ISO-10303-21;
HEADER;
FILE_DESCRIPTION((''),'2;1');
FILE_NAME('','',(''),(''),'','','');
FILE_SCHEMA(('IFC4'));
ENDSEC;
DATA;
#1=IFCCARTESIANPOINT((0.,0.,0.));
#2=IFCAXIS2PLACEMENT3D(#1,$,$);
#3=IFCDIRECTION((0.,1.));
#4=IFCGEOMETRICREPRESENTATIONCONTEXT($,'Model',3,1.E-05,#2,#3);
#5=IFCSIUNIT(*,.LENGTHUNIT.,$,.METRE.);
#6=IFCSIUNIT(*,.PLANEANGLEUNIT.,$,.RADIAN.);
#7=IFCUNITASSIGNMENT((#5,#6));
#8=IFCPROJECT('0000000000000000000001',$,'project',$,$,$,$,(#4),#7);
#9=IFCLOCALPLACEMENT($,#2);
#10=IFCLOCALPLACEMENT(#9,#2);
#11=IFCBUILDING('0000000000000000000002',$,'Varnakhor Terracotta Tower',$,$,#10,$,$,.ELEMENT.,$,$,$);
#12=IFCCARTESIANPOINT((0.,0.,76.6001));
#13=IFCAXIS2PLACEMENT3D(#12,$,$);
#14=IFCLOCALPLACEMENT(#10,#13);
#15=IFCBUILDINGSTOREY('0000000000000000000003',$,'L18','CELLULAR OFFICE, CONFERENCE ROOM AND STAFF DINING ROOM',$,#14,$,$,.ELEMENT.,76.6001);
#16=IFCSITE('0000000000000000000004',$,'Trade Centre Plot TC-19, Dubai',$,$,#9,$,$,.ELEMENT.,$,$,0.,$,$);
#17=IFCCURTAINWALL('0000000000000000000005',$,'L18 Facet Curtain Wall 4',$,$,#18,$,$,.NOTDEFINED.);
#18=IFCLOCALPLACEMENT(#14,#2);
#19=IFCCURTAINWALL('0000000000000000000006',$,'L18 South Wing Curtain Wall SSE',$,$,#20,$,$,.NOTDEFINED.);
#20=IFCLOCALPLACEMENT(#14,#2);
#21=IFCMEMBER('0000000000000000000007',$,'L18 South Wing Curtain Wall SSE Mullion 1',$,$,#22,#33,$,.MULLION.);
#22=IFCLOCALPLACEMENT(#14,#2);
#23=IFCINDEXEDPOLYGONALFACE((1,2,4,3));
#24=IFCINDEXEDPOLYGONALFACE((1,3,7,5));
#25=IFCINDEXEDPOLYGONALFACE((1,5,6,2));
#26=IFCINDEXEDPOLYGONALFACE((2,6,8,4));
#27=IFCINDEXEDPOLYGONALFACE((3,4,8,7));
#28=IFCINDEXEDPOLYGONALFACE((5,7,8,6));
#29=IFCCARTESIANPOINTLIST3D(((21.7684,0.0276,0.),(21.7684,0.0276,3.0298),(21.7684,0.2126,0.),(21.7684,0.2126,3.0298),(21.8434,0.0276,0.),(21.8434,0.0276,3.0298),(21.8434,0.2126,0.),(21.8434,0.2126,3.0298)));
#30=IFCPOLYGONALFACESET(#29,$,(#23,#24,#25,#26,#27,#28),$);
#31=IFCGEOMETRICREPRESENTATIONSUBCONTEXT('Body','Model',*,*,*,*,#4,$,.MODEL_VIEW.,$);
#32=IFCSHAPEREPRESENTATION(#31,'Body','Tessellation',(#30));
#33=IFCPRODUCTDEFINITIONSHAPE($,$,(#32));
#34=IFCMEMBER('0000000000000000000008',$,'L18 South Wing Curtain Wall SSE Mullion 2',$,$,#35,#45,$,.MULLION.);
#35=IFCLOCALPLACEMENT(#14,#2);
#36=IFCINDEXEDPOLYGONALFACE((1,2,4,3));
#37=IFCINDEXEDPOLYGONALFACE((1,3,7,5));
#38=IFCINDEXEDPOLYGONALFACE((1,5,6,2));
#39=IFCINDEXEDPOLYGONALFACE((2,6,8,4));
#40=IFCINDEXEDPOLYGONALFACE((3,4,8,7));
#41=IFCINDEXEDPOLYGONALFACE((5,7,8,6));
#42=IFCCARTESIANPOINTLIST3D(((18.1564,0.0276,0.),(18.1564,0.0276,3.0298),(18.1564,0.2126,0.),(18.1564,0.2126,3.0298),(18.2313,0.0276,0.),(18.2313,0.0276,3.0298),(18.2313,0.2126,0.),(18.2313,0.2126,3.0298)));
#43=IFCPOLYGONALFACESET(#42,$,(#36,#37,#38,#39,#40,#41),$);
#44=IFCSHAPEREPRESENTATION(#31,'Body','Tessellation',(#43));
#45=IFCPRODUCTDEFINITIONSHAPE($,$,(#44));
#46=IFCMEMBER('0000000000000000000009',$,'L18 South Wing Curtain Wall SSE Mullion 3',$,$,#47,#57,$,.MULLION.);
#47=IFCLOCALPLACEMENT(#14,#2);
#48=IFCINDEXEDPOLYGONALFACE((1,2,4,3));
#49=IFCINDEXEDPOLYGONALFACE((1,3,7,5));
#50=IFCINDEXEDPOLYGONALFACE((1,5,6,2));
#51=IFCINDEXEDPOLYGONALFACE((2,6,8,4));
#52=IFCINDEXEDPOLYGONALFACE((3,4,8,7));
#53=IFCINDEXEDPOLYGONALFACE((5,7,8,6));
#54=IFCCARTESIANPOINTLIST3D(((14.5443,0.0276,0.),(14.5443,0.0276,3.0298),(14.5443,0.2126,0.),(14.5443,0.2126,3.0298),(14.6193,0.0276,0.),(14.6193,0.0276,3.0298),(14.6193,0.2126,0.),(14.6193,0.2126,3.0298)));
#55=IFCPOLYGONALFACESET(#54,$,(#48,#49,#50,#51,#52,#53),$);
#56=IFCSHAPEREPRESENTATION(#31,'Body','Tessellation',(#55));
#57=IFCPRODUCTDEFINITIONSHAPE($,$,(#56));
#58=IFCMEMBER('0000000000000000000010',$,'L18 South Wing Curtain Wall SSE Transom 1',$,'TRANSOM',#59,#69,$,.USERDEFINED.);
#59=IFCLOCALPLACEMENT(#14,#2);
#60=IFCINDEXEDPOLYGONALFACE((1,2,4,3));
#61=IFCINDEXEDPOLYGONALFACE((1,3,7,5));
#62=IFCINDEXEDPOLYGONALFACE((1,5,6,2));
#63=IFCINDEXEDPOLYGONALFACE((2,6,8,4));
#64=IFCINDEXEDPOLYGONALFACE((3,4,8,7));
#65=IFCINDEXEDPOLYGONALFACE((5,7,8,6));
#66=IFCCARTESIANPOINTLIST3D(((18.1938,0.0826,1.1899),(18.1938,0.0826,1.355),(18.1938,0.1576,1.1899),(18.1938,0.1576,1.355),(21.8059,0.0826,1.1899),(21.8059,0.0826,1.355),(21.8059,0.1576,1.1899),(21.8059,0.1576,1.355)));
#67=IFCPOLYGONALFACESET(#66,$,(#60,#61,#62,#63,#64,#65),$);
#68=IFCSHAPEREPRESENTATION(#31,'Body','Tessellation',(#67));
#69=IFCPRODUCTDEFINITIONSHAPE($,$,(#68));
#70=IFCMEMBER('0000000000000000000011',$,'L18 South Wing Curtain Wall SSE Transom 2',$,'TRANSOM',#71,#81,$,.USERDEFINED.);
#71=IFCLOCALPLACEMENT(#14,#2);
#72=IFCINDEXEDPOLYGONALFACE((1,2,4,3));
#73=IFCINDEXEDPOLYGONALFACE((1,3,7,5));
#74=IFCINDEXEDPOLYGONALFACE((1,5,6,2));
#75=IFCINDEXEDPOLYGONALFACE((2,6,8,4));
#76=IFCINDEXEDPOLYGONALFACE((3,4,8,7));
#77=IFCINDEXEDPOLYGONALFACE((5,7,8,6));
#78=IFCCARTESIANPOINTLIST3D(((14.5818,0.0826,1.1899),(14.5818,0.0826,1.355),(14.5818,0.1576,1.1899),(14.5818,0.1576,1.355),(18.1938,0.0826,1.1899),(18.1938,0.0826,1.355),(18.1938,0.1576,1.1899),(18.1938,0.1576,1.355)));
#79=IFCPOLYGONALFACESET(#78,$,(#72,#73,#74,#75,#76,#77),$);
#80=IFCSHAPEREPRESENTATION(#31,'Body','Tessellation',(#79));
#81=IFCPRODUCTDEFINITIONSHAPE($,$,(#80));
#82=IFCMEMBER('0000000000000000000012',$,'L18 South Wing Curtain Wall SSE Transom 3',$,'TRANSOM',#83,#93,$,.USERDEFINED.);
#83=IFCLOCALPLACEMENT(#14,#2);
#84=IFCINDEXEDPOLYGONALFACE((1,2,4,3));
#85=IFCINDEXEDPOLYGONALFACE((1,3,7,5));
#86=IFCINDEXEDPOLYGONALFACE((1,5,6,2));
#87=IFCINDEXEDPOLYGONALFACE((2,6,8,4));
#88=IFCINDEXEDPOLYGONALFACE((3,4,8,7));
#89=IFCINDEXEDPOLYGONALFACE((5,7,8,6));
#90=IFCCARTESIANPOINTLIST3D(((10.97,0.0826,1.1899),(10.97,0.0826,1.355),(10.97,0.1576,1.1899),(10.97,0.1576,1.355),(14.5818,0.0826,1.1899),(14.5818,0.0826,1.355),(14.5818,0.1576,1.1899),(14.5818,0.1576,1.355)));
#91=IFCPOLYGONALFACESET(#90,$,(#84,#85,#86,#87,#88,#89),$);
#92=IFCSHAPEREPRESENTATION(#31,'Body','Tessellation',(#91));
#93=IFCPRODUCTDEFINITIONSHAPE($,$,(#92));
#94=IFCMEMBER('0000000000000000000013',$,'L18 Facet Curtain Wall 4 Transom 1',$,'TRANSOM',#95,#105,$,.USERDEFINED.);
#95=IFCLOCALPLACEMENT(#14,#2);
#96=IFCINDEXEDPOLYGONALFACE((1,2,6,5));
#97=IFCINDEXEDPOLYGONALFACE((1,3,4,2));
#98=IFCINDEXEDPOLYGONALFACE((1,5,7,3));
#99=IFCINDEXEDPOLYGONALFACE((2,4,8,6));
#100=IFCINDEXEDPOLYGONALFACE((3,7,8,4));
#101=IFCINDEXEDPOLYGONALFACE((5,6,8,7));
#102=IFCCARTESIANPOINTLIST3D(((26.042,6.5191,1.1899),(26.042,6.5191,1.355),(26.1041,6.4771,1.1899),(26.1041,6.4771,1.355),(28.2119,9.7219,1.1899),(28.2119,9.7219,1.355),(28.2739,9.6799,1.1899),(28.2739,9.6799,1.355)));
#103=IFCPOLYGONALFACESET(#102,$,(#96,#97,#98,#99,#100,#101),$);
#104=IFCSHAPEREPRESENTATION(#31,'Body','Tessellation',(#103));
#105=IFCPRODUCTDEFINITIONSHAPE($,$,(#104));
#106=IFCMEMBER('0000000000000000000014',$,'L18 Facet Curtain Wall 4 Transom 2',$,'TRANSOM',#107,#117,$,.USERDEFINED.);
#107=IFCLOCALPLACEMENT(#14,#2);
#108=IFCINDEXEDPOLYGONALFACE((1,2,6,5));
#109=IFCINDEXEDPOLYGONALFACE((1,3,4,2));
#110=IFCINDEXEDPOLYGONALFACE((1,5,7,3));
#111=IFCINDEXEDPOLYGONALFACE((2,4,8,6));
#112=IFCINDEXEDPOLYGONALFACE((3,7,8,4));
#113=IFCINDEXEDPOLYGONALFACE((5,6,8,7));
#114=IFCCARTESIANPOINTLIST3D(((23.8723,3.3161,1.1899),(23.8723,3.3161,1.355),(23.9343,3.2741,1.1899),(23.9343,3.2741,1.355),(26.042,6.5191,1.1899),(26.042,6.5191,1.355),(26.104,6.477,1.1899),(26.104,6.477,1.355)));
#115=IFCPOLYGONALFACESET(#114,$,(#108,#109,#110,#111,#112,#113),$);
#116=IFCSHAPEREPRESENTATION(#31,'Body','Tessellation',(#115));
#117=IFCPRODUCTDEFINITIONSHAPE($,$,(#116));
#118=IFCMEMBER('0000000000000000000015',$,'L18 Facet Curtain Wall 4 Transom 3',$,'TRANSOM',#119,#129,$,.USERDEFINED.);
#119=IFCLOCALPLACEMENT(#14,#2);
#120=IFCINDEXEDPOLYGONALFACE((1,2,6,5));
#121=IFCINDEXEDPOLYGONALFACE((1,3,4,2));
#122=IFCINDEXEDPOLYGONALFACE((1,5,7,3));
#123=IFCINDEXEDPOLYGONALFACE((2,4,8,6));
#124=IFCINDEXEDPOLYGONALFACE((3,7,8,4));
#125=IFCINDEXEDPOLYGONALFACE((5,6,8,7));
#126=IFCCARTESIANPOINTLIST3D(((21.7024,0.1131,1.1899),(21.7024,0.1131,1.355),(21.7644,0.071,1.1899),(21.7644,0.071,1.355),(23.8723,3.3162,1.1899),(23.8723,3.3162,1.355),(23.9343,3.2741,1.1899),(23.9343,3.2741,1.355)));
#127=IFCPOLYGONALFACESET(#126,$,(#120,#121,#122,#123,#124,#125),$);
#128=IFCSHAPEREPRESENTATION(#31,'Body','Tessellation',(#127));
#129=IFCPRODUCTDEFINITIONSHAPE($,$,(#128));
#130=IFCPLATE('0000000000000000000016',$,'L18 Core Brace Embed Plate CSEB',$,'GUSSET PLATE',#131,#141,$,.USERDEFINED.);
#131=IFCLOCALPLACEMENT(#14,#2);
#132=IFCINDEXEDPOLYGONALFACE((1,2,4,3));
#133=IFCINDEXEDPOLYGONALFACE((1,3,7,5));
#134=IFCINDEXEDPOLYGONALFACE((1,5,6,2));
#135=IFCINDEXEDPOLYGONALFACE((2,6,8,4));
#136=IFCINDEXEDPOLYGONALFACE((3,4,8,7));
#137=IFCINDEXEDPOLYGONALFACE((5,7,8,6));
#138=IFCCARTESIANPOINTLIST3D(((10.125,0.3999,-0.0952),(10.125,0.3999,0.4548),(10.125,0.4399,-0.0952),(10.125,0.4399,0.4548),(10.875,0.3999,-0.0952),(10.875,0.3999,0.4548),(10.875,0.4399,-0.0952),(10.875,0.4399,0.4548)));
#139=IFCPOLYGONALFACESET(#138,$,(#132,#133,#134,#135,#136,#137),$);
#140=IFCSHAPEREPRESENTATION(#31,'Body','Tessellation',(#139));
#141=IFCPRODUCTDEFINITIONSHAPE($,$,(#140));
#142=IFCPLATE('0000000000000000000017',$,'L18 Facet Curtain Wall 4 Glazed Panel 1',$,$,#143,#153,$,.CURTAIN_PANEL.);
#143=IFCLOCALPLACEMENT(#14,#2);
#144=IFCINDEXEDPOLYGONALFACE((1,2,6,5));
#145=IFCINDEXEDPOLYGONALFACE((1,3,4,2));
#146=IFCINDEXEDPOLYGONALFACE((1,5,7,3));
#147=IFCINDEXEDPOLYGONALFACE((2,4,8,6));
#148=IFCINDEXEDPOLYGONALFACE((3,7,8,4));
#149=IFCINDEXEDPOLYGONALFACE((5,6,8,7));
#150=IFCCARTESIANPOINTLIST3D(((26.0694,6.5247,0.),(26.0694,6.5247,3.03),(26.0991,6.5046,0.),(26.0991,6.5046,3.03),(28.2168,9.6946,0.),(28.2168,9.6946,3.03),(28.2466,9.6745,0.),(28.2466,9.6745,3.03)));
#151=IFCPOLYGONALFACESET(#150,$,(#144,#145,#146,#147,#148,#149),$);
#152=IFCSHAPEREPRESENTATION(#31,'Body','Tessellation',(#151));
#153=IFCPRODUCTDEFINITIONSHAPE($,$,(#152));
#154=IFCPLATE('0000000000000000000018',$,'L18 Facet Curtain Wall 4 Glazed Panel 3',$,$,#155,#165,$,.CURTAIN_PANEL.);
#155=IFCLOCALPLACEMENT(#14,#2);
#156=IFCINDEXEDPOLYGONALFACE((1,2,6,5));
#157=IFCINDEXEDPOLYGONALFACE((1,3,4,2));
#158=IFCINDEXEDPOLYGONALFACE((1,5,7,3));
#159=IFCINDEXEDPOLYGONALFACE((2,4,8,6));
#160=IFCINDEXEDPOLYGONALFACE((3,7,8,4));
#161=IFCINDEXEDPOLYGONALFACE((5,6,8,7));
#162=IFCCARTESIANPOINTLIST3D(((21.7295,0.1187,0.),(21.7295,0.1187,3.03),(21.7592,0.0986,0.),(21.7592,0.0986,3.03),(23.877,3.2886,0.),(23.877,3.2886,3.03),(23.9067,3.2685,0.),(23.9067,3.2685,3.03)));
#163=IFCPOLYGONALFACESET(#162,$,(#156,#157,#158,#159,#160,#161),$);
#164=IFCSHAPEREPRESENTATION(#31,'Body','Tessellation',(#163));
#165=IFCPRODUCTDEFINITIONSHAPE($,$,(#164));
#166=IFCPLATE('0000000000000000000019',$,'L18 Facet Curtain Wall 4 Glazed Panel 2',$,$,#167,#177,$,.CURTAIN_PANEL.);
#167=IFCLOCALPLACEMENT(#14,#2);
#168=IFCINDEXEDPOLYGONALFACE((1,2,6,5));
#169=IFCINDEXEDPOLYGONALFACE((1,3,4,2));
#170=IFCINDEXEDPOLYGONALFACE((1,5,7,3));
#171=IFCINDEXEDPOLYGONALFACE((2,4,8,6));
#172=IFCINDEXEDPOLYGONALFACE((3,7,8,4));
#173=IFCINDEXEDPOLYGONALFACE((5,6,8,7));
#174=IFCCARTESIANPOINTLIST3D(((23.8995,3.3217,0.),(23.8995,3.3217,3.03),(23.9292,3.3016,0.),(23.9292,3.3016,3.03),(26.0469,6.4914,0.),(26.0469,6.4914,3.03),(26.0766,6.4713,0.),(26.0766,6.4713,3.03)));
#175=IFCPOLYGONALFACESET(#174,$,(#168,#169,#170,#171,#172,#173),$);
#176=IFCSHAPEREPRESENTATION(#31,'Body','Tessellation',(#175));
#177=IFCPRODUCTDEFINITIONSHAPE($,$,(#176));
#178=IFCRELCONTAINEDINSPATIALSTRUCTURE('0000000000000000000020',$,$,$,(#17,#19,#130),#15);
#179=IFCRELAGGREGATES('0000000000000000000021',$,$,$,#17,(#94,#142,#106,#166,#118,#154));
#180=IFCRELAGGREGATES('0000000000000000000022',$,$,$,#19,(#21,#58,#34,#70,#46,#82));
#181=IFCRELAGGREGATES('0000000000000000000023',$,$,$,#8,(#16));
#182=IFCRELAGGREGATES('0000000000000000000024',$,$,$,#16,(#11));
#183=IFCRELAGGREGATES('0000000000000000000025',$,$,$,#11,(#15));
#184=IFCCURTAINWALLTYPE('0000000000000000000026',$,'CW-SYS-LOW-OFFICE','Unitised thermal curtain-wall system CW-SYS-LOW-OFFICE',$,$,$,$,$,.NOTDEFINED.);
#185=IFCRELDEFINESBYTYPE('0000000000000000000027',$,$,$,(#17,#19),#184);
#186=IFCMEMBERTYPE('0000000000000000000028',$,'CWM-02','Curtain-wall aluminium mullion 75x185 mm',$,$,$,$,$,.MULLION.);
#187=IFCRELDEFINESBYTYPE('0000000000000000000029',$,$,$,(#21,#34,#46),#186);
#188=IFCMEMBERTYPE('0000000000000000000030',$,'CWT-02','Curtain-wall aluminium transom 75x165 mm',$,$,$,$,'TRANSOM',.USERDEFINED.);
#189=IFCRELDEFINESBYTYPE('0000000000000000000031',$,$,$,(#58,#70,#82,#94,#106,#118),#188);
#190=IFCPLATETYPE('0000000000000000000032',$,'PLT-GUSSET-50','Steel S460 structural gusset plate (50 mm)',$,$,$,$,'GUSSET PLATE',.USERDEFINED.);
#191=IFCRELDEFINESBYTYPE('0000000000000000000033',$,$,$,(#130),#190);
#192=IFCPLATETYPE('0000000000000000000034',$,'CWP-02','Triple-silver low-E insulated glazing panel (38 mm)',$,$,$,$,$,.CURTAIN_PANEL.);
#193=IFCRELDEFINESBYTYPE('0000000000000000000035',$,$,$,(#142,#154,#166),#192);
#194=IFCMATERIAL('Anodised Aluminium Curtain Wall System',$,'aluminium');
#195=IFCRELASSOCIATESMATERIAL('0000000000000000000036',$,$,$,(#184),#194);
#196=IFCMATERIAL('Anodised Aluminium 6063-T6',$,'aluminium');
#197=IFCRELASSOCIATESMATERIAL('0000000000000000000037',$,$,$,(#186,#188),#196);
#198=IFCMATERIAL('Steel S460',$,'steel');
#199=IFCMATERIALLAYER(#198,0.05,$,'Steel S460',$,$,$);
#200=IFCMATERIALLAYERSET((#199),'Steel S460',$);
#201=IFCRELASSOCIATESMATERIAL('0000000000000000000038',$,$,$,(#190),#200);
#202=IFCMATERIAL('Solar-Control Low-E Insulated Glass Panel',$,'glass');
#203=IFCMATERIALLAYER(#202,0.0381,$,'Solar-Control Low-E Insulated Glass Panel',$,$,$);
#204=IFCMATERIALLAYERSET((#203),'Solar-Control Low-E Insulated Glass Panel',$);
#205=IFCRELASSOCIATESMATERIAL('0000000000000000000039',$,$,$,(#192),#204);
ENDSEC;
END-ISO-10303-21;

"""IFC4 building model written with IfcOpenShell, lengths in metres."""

from ifc_helpers import new_model, si_unit, direction, frame, origin, origin_2d, place, context, subcontext, project, spatial, rectangle, extrude, source, transform, mapped, material, layer, layer_set, material_profile, profile_set, type_object, type_shapes, element, aggregate, save


model = new_model("IFC4")

# Units and contexts
model_context = context("Model", 3, precision=1e-05, world=origin(), true_north=direction((0.0, 1.0)))
body_context = subcontext(model_context, "Body", "Model", "MODEL_VIEW")
ifc_project = project(units=[si_unit("LENGTHUNIT", "METRE"), si_unit("PLANEANGLEUNIT", "RADIAN")], contexts=[model_context])

# Site, building, storey
site_placement = place(None, origin())
site = spatial("IfcSite", under=ifc_project, at=site_placement, Name="Trade Centre Plot TC-19, Dubai", CompositionType="ELEMENT", RefElevation=0.0)
building_placement = place(site_placement, origin())
building = spatial("IfcBuilding", under=site, at=building_placement, Name="Varnakhor Terracotta Tower", CompositionType="ELEMENT")
storey_placement = place(building_placement, frame((0.0, 0.0, 76.6001)))
storey = spatial("IfcBuildingStorey", under=building, at=storey_placement, Name="L18", Description="CELLULAR OFFICE, CONFERENCE ROOM AND STAFF DINING ROOM", CompositionType="ELEMENT", Elevation=76.6001)

# Shared definitions
ifc_material_1 = material(Name="Steel S460", Category="steel")

# Curtain walls, members
ifc_material_2 = material(Name="Anodised Aluminium Curtain Wall System", Category="aluminium")
curtain_wall_type = type_object("IfcCurtainWallType", Name="CW-SYS-LOW-OFFICE", Description="Unitised thermal curtain-wall system CW-SYS-LOW-OFFICE", PredefinedType="NOTDEFINED", material=ifc_material_2)
curtain_wall_1_placement = place(storey_placement, origin())
curtain_wall_1 = element("IfcCurtainWall", 1, at=curtain_wall_1_placement, inside=storey, type_object=curtain_wall_type, Name="L18 Facet Curtain Wall 4", PredefinedType="NOTDEFINED")
ifc_material_3 = material(Name="Anodised Aluminium 6063-T6", Category="aluminium")
ifc_material_profile_1 = material_profile(ifc_material_3, rectangle(XDim=0.075, YDim=0.1851, at=origin_2d()), Name="ALU MULLION 75x185")
ifc_profile_set_1 = profile_set([ifc_material_profile_1], Name="Anodised Aluminium 6063-T6")
member_type_1 = type_object("IfcMemberType", Name="CWM-02", Description="Curtain-wall aluminium mullion 75x185 mm", PredefinedType="MULLION", material=ifc_profile_set_1)
shared_shape_1 = source(origin(), body_context, "Body", "SweptSolid", [
    extrude(rectangle(XDim=0.075, YDim=0.1851, at=origin_2d()), origin(), (0.0, 0.0, 1.0), 3.0298),
])
curtain_wall_2_placement = place(storey_placement, origin())
curtain_wall_2 = element("IfcCurtainWall", 2, at=curtain_wall_2_placement, inside=storey, type_object=curtain_wall_type, Name="L18 South Wing Curtain Wall SSE", PredefinedType="NOTDEFINED")
member_1_placement = place(storey_placement, frame((21.8059, 0.1201, 0.0), z_axis=(0.0, 0.0, 1.0), x_axis=(1.0, 0.0, 0.0)))
member_1 = element("IfcMember", 3, at=member_1_placement, type_object=member_type_1, Name="L18 South Wing Curtain Wall SSE Mullion 1", PredefinedType="MULLION", context=body_context, shape_type="MappedRepresentation", body=[
    mapped(shared_shape_1, transform((0.0, 0.0, 0.0), scale=1.0)),
])
member_2_placement = place(storey_placement, frame((18.1938, 0.1201, 0.0), z_axis=(0.0, 0.0, 1.0), x_axis=(1.0, 0.0, 0.0)))
member_2 = element("IfcMember", 4, at=member_2_placement, type_object=member_type_1, Name="L18 South Wing Curtain Wall SSE Mullion 2", PredefinedType="MULLION", context=body_context, shape_type="MappedRepresentation", body=[
    mapped(shared_shape_1, transform((0.0, 0.0, 0.0), scale=1.0)),
])
member_3_placement = place(storey_placement, frame((14.5818, 0.1201, 0.0), z_axis=(0.0, 0.0, 1.0), x_axis=(1.0, 0.0, 0.0)))
member_3 = element("IfcMember", 5, at=member_3_placement, type_object=member_type_1, Name="L18 South Wing Curtain Wall SSE Mullion 3", PredefinedType="MULLION", context=body_context, shape_type="MappedRepresentation", body=[
    mapped(shared_shape_1, transform((0.0, 0.0, 0.0), scale=1.0)),
])
ifc_material_profile_2 = material_profile(ifc_material_3, rectangle(XDim=0.075, YDim=0.165, at=origin_2d()), Name="ALU TRANSOM 75x165")
ifc_profile_set_2 = profile_set([ifc_material_profile_2], Name="Anodised Aluminium 6063-T6")
member_type_2 = type_object("IfcMemberType", Name="CWT-02", Description="Curtain-wall aluminium transom 75x165 mm", ElementType="TRANSOM", PredefinedType="USERDEFINED", material=ifc_profile_set_2)
shared_shape_2 = source(origin(), body_context, "Body", "SweptSolid", [
    extrude(rectangle(XDim=0.075, YDim=0.165, at=origin_2d()), origin(), (0.0, 0.0, 1.0), 3.6121),
])
member_4_placement = place(storey_placement, frame((21.8059, 0.1201, 1.2725), z_axis=(-1.0, 0.0, 0.0), x_axis=(0.0, -1.0, 0.0)))
member_4 = element("IfcMember", 6, at=member_4_placement, type_object=member_type_2, Name="L18 South Wing Curtain Wall SSE Transom 1", ObjectType="TRANSOM", PredefinedType="USERDEFINED", context=body_context, shape_type="MappedRepresentation", body=[
    mapped(shared_shape_2, transform((0.0, 0.0, 0.0), scale=1.0)),
])
member_5_placement = place(storey_placement, frame((18.1938, 0.1201, 1.2725), z_axis=(-1.0, 0.0, 0.0), x_axis=(0.0, -1.0, 0.0)))
member_5 = element("IfcMember", 7, at=member_5_placement, type_object=member_type_2, Name="L18 South Wing Curtain Wall SSE Transom 2", ObjectType="TRANSOM", PredefinedType="USERDEFINED", context=body_context, shape_type="MappedRepresentation", body=[
    mapped(shared_shape_2, transform((0.0, 0.0, 0.0), scale=1.0)),
])
shared_shape_3 = source(origin(), body_context, "Body", "SweptSolid", [
    extrude(rectangle(XDim=0.075, YDim=0.165, at=origin_2d()), origin(), (0.0, 0.0, 1.0), 3.6118),
])
member_6_placement = place(storey_placement, frame((14.5818, 0.1201, 1.2725), z_axis=(-1.0, 0.0, 0.0), x_axis=(0.0, -1.0, 0.0)))
member_6 = element("IfcMember", 8, at=member_6_placement, type_object=member_type_2, Name="L18 South Wing Curtain Wall SSE Transom 3", ObjectType="TRANSOM", PredefinedType="USERDEFINED", context=body_context, shape_type="MappedRepresentation", body=[
    mapped(shared_shape_3, transform((0.0, 0.0, 0.0), scale=1.0)),
])

# Members
shared_shape_4 = source(origin(), body_context, "Body", "SweptSolid", [
    extrude(rectangle(XDim=0.075, YDim=0.165, at=origin_2d()), origin(), (0.0, 0.0, 1.0), 3.8687),
])
member_7_placement = place(storey_placement, frame((28.2429, 9.7009, 1.2725), z_axis=(-0.560889, -0.827891, 0.0), x_axis=(0.827891, -0.560889, 0.0)))
member_7 = element("IfcMember", 9, at=member_7_placement, type_object=member_type_2, Name="L18 Facet Curtain Wall 4 Transom 1", ObjectType="TRANSOM", PredefinedType="USERDEFINED", context=body_context, shape_type="MappedRepresentation", body=[
    mapped(shared_shape_4, transform((0.0, 0.0, 0.0), scale=1.0)),
])
member_8_placement = place(storey_placement, frame((26.073, 6.498, 1.2725), z_axis=(-0.560845, -0.827921, 0.0), x_axis=(0.827921, -0.560845, 0.0)))
member_8 = element("IfcMember", 10, at=member_8_placement, type_object=member_type_2, Name="L18 Facet Curtain Wall 4 Transom 2", ObjectType="TRANSOM", PredefinedType="USERDEFINED", context=body_context, shape_type="MappedRepresentation", body=[
    mapped(shared_shape_4, transform((0.0, 0.0, 0.0), scale=1.0)),
])
shared_shape_5 = source(origin(), body_context, "Body", "SweptSolid", [
    extrude(rectangle(XDim=0.075, YDim=0.165, at=origin_2d()), origin(), (0.0, 0.0, 1.0), 3.8689),
])
member_9_placement = place(storey_placement, frame((23.9033, 3.2952, 1.2725), z_axis=(-0.560859, -0.827911, 0.0), x_axis=(0.827911, -0.560859, 0.0)))
member_9 = element("IfcMember", 11, at=member_9_placement, type_object=member_type_2, Name="L18 Facet Curtain Wall 4 Transom 3", ObjectType="TRANSOM", PredefinedType="USERDEFINED", context=body_context, shape_type="MappedRepresentation", body=[
    mapped(shared_shape_5, transform((0.0, 0.0, 0.0), scale=1.0)),
])

# Plates
ifc_layer_1 = layer(ifc_material_1, 0.05, Name="Steel S460")
ifc_layer_set_1 = layer_set([ifc_layer_1], Name="Steel S460")
plate_type_1 = type_object("IfcPlateType", Name="PLT-GUSSET-50", Description="Steel S460 structural gusset plate (50 mm)", ElementType="GUSSET PLATE", PredefinedType="USERDEFINED", material=ifc_layer_set_1)
shared_shape_6 = source(origin(), body_context, "Body", "SweptSolid", [
    extrude(rectangle(XDim=0.75, YDim=0.04, at=origin_2d()), origin(), (0.0, 0.0, 1.0), 0.55),
])
type_shapes(plate_type_1, [shared_shape_6])
plate_1_placement = place(storey_placement, frame((10.5, 0.4199, -0.0952), z_axis=(0.0, 0.0, 1.0), x_axis=(1.0, 0.0, 0.0)))
element("IfcPlate", 12, at=plate_1_placement, inside=storey, type_object=plate_type_1, Name="L18 Core Brace Embed Plate CSEB", ObjectType="GUSSET PLATE", PredefinedType="USERDEFINED", context=body_context, shape_type="MappedRepresentation", body=[
    mapped(shared_shape_6, transform((0.0, 0.0, 0.0), scale=1.0)),
])
ifc_material_4 = material(Name="Solar-Control Low-E Insulated Glass Panel", Category="glass")
ifc_layer_2 = layer(ifc_material_4, 0.0381, Name="Solar-Control Low-E Insulated Glass Panel")
ifc_layer_set_2 = layer_set([ifc_layer_2], Name="Solar-Control Low-E Insulated Glass Panel")
plate_type_2 = type_object("IfcPlateType", Name="CWP-02", Description="Triple-silver low-E insulated glazing panel (38 mm)", PredefinedType="CURTAIN_PANEL", material=ifc_layer_set_2)
shared_shape_7 = source(origin(), body_context, "Body", "SweptSolid", [
    extrude(rectangle(XDim=3.8289, YDim=0.0359, at=origin_2d()), origin(), (0.0, 0.0, 1.0), 3.03),
])
plate_2_placement = place(storey_placement, frame((27.158, 8.0996, 0.0), z_axis=(0.0, 0.0, 1.0), x_axis=(-0.56087, -0.827904, 0.0)))
plate_2 = element("IfcPlate", 13, at=plate_2_placement, type_object=plate_type_2, Name="L18 Facet Curtain Wall 4 Glazed Panel 1", PredefinedType="CURTAIN_PANEL", context=body_context, shape_type="MappedRepresentation", body=[
    mapped(shared_shape_7, transform((0.0, 0.0, 0.0), scale=1.0)),
])
plate_3_placement = place(storey_placement, frame((22.8181, 1.6936, 0.0), z_axis=(0.0, 0.0, 1.0), x_axis=(-0.56087, -0.827904, 0.0)))
plate_3 = element("IfcPlate", 14, at=plate_3_placement, type_object=plate_type_2, Name="L18 Facet Curtain Wall 4 Glazed Panel 3", PredefinedType="CURTAIN_PANEL", context=body_context, shape_type="MappedRepresentation", body=[
    mapped(shared_shape_7, transform((0.0, 0.0, 0.0), scale=1.0)),
])
shared_shape_8 = source(origin(), body_context, "Body", "SweptSolid", [
    extrude(rectangle(XDim=3.8286, YDim=0.0359, at=origin_2d()), origin(), (0.0, 0.0, 1.0), 3.03),
])
plate_4_placement = place(storey_placement, frame((24.988, 4.8965, 0.0), z_axis=(0.0, 0.0, 1.0), x_axis=(-0.56087, -0.827904, 0.0)))
plate_4 = element("IfcPlate", 15, at=plate_4_placement, type_object=plate_type_2, Name="L18 Facet Curtain Wall 4 Glazed Panel 2", PredefinedType="CURTAIN_PANEL", context=body_context, shape_type="MappedRepresentation", body=[
    mapped(shared_shape_8, transform((0.0, 0.0, 0.0), scale=1.0)),
])
aggregate(curtain_wall_1, [member_7, plate_2, member_8, plate_4, member_9, plate_3])
aggregate(curtain_wall_2, [member_1, member_4, member_2, member_5, member_3, member_6])

save(model, "model.ifc")
